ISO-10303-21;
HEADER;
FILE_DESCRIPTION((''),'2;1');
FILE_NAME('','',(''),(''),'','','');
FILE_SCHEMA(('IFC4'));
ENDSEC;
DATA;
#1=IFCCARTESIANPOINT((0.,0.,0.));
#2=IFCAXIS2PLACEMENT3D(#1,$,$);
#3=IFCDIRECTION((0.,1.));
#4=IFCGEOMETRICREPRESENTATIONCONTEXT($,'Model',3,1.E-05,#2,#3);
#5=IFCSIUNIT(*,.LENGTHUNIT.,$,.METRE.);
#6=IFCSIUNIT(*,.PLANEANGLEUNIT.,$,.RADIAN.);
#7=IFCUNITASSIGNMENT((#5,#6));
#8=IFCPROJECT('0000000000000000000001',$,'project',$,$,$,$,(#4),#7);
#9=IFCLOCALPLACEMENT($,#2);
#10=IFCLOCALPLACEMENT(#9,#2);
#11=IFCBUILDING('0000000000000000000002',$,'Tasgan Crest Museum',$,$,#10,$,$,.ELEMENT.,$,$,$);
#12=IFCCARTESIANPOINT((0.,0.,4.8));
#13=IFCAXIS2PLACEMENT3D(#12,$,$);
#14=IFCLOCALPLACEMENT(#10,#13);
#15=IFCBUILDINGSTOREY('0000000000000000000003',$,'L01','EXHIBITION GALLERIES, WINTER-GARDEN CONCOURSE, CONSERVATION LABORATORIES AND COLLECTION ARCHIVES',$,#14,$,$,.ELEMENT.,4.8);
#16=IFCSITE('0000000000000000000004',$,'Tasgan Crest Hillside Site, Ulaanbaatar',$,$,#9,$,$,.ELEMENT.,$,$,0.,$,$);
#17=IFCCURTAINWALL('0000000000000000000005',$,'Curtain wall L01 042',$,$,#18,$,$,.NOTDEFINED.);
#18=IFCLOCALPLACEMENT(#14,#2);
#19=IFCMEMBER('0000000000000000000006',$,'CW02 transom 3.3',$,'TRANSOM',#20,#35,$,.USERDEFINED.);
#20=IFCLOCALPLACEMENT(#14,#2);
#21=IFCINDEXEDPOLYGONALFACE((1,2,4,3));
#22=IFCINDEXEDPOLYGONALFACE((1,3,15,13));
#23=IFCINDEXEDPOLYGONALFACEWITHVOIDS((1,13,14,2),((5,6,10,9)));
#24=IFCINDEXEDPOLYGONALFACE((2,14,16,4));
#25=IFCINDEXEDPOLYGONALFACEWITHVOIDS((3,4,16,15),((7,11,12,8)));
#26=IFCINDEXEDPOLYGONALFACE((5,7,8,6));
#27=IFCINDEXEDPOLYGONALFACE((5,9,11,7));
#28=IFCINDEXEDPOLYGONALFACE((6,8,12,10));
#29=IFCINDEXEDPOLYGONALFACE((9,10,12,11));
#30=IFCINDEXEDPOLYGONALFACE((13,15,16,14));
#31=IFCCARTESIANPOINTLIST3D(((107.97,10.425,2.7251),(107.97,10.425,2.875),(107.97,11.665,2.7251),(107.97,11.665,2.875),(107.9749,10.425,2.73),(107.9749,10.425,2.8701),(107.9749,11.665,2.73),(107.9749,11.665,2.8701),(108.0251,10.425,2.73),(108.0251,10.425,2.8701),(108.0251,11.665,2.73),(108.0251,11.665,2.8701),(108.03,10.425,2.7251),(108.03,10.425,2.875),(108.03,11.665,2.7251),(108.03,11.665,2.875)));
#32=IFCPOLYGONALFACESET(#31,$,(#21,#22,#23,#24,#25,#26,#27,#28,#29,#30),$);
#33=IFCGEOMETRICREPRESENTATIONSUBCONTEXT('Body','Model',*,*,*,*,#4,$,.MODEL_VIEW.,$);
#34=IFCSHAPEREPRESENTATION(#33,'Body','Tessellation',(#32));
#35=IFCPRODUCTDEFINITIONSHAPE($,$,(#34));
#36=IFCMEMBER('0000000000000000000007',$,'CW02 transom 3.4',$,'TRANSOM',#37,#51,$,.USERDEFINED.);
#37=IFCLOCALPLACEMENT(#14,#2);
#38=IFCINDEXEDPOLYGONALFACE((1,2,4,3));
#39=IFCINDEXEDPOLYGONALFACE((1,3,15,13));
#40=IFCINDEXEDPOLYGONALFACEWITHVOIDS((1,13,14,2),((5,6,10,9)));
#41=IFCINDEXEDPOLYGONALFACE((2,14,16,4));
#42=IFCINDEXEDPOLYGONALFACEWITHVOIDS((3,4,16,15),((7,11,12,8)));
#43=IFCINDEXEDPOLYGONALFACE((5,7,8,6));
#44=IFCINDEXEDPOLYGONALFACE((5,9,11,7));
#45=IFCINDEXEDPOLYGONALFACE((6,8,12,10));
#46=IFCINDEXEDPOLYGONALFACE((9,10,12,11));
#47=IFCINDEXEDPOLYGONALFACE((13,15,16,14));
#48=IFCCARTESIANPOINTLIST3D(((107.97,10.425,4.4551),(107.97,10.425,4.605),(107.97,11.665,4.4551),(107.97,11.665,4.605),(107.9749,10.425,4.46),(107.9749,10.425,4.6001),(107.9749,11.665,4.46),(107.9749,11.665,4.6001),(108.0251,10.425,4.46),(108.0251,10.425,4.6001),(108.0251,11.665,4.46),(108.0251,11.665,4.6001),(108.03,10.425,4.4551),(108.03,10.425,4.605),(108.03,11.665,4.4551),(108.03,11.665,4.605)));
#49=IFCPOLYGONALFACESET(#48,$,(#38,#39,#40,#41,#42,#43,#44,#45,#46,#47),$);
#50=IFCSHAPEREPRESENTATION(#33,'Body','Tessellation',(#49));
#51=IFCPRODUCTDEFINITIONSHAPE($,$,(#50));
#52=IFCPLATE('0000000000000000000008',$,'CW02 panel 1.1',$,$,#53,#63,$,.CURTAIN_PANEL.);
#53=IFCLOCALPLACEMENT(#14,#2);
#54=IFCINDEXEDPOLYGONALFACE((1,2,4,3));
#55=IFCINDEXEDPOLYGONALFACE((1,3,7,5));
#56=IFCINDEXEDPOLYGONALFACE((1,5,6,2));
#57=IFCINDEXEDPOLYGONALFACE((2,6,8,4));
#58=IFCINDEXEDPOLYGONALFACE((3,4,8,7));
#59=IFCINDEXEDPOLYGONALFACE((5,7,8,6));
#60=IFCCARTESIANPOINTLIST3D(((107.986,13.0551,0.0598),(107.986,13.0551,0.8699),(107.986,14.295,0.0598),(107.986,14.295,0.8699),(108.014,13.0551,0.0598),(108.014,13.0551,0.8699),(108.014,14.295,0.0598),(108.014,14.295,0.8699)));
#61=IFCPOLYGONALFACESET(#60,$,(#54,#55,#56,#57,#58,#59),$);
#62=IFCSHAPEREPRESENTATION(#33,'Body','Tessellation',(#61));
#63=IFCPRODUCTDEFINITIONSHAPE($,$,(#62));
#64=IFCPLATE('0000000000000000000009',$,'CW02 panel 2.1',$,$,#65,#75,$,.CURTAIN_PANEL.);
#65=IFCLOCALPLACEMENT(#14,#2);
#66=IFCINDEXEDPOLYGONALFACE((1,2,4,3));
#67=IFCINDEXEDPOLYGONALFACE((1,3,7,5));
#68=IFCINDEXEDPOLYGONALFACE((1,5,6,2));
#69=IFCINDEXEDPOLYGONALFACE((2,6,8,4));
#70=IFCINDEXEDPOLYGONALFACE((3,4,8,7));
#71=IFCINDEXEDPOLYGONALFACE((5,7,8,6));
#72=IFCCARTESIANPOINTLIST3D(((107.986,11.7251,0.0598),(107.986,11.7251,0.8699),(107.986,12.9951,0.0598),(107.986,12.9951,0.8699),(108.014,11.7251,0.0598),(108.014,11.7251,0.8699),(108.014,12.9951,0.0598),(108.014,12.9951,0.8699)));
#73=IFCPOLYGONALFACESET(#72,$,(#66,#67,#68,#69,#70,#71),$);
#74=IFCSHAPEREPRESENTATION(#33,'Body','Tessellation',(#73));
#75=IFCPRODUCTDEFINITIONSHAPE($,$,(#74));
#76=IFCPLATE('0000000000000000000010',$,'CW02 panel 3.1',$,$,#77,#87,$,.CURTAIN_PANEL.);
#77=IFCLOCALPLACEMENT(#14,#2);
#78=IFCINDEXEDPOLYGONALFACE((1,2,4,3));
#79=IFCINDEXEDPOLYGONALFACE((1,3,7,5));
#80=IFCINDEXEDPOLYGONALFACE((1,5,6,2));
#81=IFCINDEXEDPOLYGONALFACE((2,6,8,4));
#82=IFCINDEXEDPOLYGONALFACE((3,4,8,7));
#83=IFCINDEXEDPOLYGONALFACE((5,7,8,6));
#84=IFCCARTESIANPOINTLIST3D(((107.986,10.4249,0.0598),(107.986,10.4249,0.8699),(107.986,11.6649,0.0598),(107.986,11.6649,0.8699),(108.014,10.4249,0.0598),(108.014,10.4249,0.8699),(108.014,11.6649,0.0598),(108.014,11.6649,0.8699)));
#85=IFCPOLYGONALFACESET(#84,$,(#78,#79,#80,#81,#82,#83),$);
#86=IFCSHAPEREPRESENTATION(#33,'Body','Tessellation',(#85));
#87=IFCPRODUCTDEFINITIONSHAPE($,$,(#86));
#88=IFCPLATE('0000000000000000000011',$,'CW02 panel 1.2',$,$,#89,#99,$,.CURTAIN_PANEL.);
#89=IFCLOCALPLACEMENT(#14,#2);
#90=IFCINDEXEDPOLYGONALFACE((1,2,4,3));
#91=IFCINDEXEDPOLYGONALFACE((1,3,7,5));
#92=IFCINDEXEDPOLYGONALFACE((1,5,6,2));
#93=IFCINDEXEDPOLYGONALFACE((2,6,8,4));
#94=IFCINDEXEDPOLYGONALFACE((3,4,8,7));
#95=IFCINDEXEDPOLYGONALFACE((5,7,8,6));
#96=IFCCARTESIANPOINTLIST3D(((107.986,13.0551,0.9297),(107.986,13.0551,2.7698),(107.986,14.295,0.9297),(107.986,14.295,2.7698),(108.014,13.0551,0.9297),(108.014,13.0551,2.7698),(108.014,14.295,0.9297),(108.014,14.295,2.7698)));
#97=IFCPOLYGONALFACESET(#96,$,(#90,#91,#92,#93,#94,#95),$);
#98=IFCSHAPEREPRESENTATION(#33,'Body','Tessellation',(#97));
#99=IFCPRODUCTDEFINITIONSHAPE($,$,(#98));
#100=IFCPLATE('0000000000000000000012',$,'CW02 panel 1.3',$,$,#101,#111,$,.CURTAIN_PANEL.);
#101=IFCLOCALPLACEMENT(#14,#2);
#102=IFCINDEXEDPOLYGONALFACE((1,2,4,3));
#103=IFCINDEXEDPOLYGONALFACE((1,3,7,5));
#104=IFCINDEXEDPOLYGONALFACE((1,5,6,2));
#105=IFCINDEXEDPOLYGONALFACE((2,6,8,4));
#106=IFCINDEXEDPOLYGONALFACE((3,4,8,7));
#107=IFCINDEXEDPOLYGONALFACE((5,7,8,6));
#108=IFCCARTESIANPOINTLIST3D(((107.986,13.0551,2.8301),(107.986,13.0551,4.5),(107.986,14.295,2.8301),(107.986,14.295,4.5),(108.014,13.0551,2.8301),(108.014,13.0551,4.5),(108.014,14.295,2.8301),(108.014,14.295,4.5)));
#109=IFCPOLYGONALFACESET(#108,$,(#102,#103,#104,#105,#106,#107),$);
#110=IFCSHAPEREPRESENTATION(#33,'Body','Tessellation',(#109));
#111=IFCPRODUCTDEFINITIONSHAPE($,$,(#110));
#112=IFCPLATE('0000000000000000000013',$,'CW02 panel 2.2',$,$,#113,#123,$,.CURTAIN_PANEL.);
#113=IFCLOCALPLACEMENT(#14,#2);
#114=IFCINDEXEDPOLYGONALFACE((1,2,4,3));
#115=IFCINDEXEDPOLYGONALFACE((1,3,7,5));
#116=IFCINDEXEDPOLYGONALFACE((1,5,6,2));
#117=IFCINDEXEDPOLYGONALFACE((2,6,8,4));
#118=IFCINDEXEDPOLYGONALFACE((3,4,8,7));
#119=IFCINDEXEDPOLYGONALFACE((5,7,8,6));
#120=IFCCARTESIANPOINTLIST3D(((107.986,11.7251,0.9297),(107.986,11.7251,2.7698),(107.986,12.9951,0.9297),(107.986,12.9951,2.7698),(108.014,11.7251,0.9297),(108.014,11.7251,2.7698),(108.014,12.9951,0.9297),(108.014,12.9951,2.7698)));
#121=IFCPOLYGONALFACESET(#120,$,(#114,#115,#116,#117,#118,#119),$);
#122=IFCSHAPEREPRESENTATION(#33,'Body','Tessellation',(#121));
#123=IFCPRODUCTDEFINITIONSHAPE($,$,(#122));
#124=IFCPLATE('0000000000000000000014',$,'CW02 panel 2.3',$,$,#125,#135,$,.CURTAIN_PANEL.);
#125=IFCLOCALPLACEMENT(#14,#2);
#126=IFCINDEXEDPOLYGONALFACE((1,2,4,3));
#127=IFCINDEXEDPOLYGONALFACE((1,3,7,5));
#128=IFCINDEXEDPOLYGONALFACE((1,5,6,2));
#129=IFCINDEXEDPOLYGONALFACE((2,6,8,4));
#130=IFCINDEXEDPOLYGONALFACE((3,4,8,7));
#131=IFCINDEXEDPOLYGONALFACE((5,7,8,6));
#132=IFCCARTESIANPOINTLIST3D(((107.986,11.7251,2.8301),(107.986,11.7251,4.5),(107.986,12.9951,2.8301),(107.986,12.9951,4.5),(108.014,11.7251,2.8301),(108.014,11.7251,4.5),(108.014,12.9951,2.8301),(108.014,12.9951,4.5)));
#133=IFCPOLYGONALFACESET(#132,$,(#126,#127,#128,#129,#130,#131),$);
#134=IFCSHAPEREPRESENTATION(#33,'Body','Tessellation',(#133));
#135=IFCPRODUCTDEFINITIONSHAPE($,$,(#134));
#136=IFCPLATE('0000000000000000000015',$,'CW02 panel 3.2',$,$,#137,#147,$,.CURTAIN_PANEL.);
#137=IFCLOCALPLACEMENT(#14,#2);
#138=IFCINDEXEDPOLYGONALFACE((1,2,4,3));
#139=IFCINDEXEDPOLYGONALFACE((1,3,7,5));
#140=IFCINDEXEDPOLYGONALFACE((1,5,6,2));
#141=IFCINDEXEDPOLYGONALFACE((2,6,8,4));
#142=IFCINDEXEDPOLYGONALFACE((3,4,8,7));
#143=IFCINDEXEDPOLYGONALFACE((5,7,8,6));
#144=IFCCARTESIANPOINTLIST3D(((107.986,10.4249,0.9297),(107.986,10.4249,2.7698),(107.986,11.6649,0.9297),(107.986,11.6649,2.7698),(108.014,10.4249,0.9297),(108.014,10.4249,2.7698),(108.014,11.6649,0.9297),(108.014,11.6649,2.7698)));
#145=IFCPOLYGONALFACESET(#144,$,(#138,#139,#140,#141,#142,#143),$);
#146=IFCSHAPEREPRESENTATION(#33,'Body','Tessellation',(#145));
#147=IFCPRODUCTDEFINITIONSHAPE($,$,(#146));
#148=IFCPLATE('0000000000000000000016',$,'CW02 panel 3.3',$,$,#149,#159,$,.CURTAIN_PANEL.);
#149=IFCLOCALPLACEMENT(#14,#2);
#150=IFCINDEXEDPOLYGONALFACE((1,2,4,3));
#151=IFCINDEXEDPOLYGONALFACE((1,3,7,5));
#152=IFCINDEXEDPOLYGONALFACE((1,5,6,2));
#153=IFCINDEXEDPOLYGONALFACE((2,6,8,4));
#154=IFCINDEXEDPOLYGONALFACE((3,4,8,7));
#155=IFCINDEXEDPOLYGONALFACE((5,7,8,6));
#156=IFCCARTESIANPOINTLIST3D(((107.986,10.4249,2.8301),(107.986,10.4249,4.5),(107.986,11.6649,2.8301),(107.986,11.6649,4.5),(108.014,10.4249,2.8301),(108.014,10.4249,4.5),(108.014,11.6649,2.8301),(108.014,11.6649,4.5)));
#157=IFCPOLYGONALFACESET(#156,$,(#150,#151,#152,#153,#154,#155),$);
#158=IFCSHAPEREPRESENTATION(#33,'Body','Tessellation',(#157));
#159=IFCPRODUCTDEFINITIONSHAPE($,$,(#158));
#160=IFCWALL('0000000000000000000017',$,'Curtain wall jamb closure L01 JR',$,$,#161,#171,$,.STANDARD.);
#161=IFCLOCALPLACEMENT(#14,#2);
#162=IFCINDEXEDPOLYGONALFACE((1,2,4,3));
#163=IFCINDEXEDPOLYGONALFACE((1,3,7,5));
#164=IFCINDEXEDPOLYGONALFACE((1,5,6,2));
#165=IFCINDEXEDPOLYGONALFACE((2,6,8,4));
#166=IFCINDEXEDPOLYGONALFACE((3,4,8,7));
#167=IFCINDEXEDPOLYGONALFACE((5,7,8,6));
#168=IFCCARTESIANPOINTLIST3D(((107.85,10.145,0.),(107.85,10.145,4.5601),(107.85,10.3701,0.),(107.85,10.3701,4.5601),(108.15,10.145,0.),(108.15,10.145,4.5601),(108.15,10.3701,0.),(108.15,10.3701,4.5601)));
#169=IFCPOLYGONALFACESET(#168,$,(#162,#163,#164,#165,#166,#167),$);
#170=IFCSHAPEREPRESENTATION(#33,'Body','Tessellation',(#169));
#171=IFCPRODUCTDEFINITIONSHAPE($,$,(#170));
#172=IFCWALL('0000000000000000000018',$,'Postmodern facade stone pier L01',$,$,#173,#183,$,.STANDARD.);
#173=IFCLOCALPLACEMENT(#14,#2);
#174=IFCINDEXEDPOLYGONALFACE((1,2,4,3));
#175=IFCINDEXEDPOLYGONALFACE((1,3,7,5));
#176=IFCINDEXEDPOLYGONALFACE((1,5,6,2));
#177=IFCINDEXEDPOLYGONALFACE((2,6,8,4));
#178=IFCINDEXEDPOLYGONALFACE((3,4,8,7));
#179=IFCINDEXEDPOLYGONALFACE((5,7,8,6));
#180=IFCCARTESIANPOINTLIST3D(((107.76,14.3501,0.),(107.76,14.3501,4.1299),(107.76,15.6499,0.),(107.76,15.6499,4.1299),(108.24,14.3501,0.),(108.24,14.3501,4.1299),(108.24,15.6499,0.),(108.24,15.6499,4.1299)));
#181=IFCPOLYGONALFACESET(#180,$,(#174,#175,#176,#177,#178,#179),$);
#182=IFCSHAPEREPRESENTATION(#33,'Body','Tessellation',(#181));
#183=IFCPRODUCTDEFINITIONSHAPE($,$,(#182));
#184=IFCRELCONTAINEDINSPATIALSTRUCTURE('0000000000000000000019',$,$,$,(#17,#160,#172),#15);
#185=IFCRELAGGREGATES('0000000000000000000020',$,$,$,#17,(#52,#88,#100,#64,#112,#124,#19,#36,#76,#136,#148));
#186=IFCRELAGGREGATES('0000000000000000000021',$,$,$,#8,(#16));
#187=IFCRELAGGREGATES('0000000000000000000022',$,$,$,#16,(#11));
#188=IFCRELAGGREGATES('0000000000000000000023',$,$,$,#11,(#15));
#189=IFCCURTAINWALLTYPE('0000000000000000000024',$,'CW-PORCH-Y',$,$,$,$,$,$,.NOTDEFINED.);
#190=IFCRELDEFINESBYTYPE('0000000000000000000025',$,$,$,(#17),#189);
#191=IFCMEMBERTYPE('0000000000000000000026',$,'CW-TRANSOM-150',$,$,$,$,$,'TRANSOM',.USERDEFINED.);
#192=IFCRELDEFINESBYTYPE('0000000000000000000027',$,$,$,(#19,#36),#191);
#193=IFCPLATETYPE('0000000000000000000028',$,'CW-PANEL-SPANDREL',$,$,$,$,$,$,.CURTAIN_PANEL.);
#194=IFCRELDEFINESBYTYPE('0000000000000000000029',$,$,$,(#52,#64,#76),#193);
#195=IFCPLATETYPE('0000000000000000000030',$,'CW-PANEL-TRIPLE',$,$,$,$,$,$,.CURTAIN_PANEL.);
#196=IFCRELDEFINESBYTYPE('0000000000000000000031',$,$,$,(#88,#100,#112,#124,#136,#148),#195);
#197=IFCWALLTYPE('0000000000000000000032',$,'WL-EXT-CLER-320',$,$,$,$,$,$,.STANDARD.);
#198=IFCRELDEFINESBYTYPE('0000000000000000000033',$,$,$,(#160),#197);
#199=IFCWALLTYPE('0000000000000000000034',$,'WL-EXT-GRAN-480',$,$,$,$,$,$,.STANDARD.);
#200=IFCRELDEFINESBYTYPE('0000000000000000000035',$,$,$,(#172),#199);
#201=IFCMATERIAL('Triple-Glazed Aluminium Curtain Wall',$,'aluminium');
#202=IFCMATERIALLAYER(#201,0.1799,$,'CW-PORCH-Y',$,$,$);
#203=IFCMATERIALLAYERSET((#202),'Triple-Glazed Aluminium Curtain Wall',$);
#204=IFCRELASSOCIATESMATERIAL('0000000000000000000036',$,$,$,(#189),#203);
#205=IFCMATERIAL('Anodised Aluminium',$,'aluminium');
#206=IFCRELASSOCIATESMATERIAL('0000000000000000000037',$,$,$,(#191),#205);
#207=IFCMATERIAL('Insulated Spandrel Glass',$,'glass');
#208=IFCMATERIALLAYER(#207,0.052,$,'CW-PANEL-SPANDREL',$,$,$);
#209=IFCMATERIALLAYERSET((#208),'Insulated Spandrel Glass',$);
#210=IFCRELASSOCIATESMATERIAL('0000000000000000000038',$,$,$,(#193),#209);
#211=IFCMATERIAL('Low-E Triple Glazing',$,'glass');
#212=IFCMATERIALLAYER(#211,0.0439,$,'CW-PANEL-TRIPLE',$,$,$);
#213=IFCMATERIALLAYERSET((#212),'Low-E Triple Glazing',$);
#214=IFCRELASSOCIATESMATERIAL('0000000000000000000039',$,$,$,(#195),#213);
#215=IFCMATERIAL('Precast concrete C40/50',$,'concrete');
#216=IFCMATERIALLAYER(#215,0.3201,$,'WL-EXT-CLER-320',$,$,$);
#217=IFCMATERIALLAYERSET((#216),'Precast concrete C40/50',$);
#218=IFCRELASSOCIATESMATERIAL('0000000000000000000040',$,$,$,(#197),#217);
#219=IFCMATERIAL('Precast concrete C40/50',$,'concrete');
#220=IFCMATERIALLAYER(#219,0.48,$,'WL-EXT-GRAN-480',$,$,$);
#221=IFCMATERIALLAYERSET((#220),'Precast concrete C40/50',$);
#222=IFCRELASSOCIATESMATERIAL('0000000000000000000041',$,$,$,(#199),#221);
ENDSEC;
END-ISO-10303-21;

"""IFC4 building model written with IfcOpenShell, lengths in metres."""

from ifc_helpers import new_model, si_unit, direction, frame, frame_2d, origin, origin_2d, place, context, subcontext, project, spatial, rectangle, hollow_rectangle, extrude, material, layer, layer_set, material_profile, profile_set, type_object, element, aggregate, save


model = new_model("IFC4")

# Units and contexts
model_context = context("Model", 3, precision=1e-05, world=origin(), true_north=direction((0.0, 1.0)))
body_context = subcontext(model_context, "Body", "Model", "MODEL_VIEW")
ifc_project = project(units=[si_unit("LENGTHUNIT", "METRE"), si_unit("PLANEANGLEUNIT", "RADIAN")], contexts=[model_context])

# Site, building, storey
site_placement = place(None, origin())
site = spatial("IfcSite", under=ifc_project, at=site_placement, Name="Tasgan Crest Hillside Site, Ulaanbaatar", CompositionType="ELEMENT", RefElevation=0.0)
building_placement = place(site_placement, origin())
building = spatial("IfcBuilding", under=site, at=building_placement, Name="Tasgan Crest Museum", CompositionType="ELEMENT")
storey_placement = place(building_placement, frame((0.0, 0.0, 4.8)))
storey = spatial("IfcBuildingStorey", under=building, at=storey_placement, Name="L01", Description="EXHIBITION GALLERIES, WINTER-GARDEN CONCOURSE, CONSERVATION LABORATORIES AND COLLECTION ARCHIVES", CompositionType="ELEMENT", Elevation=4.8)

# Shared definitions
ifc_material_1 = material(Name="Triple-Glazed Aluminium Curtain Wall", Category="aluminium")
ifc_layer_1 = layer(ifc_material_1, 0.1799, Name="CW-PORCH-Y")
ifc_layer_set_1 = layer_set([ifc_layer_1], Name="Triple-Glazed Aluminium Curtain Wall")
curtain_wall_type = type_object("IfcCurtainWallType", Name="CW-PORCH-Y", PredefinedType="NOTDEFINED", material=ifc_layer_set_1)

# Curtain wall, members, plates
curtain_wall_1_placement = place(storey_placement, origin())
curtain_wall_1 = element("IfcCurtainWall", 1, at=curtain_wall_1_placement, inside=storey, type_object=curtain_wall_type, Name="Curtain wall L01 042", PredefinedType="NOTDEFINED")
ifc_material_2 = material(Name="Anodised Aluminium", Category="aluminium")
ifc_material_profile_1 = material_profile(ifc_material_2, hollow_rectangle(XDim=0.0601, YDim=0.1499, WallThickness=0.0049, at=origin_2d()), Name="ALU TRANSOM 150x60x5")
ifc_profile_set_1 = profile_set([ifc_material_profile_1], Name="Anodised Aluminium")
member_type_1 = type_object("IfcMemberType", Name="CW-TRANSOM-150", ElementType="TRANSOM", PredefinedType="USERDEFINED", material=ifc_profile_set_1)
member_1_placement = place(storey_placement, frame((108.0, 11.665, 2.8), z_axis=(0.0, -1.0, 0.0), x_axis=(1.0, 0.0, 0.0)))
member_1 = element("IfcMember", 2, at=member_1_placement, type_object=member_type_1, Name="CW02 transom 3.3", ObjectType="TRANSOM", PredefinedType="USERDEFINED", context=body_context, shape_type="SweptSolid", body=[
    extrude(hollow_rectangle(XDim=0.0601, YDim=0.1499, WallThickness=0.0049, at=origin_2d()), origin(), (0.0, 0.0, 1.0), 1.24),
])
member_2_placement = place(storey_placement, frame((108.0, 11.665, 4.53), z_axis=(0.0, -1.0, 0.0), x_axis=(1.0, 0.0, 0.0)))
member_2 = element("IfcMember", 3, at=member_2_placement, type_object=member_type_1, Name="CW02 transom 3.4", ObjectType="TRANSOM", PredefinedType="USERDEFINED", context=body_context, shape_type="SweptSolid", body=[
    extrude(hollow_rectangle(XDim=0.0601, YDim=0.1499, WallThickness=0.0049, at=origin_2d()), origin(), (0.0, 0.0, 1.0), 1.24),
])
ifc_material_3 = material(Name="Insulated Spandrel Glass", Category="glass")
ifc_layer_2 = layer(ifc_material_3, 0.052, Name="CW-PANEL-SPANDREL")
ifc_layer_set_2 = layer_set([ifc_layer_2], Name="Insulated Spandrel Glass")
plate_type_1 = type_object("IfcPlateType", Name="CW-PANEL-SPANDREL", PredefinedType="CURTAIN_PANEL", material=ifc_layer_set_2)
plate_1_placement = place(storey_placement, frame((108.0, 13.675, 0.0598), z_axis=(0.0, 0.0, 1.0), x_axis=(0.0, -1.0, 0.0)))
plate_1 = element("IfcPlate", 4, at=plate_1_placement, type_object=plate_type_1, Name="CW02 panel 1.1", PredefinedType="CURTAIN_PANEL", context=body_context, shape_type="SweptSolid", body=[
    extrude(rectangle(XDim=1.24, YDim=0.0281, at=origin_2d()), origin(), (0.0, 0.0, 1.0), 0.8101),
])
plate_2_placement = place(storey_placement, frame((108.0, 12.3601, 0.0598), z_axis=(0.0, 0.0, 1.0), x_axis=(0.0, -1.0, 0.0)))
plate_2 = element("IfcPlate", 5, at=plate_2_placement, type_object=plate_type_1, Name="CW02 panel 2.1", PredefinedType="CURTAIN_PANEL", context=body_context, shape_type="SweptSolid", body=[
    extrude(rectangle(XDim=1.27, YDim=0.0281, at=origin_2d()), origin(), (0.0, 0.0, 1.0), 0.8101),
])
plate_3_placement = place(storey_placement, frame((108.0, 11.0449, 0.0598), z_axis=(0.0, 0.0, 1.0), x_axis=(0.0, -1.0, 0.0)))
plate_3 = element("IfcPlate", 6, at=plate_3_placement, type_object=plate_type_1, Name="CW02 panel 3.1", PredefinedType="CURTAIN_PANEL", context=body_context, shape_type="SweptSolid", body=[
    extrude(rectangle(XDim=1.24, YDim=0.0281, at=origin_2d()), origin(), (0.0, 0.0, 1.0), 0.8101),
])
ifc_material_4 = material(Name="Low-E Triple Glazing", Category="glass")
ifc_layer_3 = layer(ifc_material_4, 0.0439, Name="CW-PANEL-TRIPLE")
ifc_layer_set_3 = layer_set([ifc_layer_3], Name="Low-E Triple Glazing")
plate_type_2 = type_object("IfcPlateType", Name="CW-PANEL-TRIPLE", PredefinedType="CURTAIN_PANEL", material=ifc_layer_set_3)
plate_4_placement = place(storey_placement, frame((108.0, 13.675, 0.9297), z_axis=(0.0, 0.0, 1.0), x_axis=(0.0, -1.0, 0.0)))
plate_4 = element("IfcPlate", 7, at=plate_4_placement, type_object=plate_type_2, Name="CW02 panel 1.2", PredefinedType="CURTAIN_PANEL", context=body_context, shape_type="SweptSolid", body=[
    extrude(rectangle(XDim=1.24, YDim=0.0281, at=origin_2d()), origin(), (0.0, 0.0, 1.0), 1.8401),
])
plate_5_placement = place(storey_placement, frame((108.0, 13.675, 2.8301), z_axis=(0.0, 0.0, 1.0), x_axis=(0.0, -1.0, 0.0)))
plate_5 = element("IfcPlate", 8, at=plate_5_placement, type_object=plate_type_2, Name="CW02 panel 1.3", PredefinedType="CURTAIN_PANEL", context=body_context, shape_type="SweptSolid", body=[
    extrude(rectangle(XDim=1.24, YDim=0.0281, at=origin_2d()), origin(), (0.0, 0.0, 1.0), 1.6699),
])
plate_6_placement = place(storey_placement, frame((108.0, 12.3601, 0.9297), z_axis=(0.0, 0.0, 1.0), x_axis=(0.0, -1.0, 0.0)))
plate_6 = element("IfcPlate", 9, at=plate_6_placement, type_object=plate_type_2, Name="CW02 panel 2.2", PredefinedType="CURTAIN_PANEL", context=body_context, shape_type="SweptSolid", body=[
    extrude(rectangle(XDim=1.27, YDim=0.0281, at=origin_2d()), origin(), (0.0, 0.0, 1.0), 1.8401),
])
plate_7_placement = place(storey_placement, frame((108.0, 12.3601, 2.8301), z_axis=(0.0, 0.0, 1.0), x_axis=(0.0, -1.0, 0.0)))
plate_7 = element("IfcPlate", 10, at=plate_7_placement, type_object=plate_type_2, Name="CW02 panel 2.3", PredefinedType="CURTAIN_PANEL", context=body_context, shape_type="SweptSolid", body=[
    extrude(rectangle(XDim=1.27, YDim=0.0281, at=origin_2d()), origin(), (0.0, 0.0, 1.0), 1.6699),
])
plate_8_placement = place(storey_placement, frame((108.0, 11.0449, 0.9297), z_axis=(0.0, 0.0, 1.0), x_axis=(0.0, -1.0, 0.0)))
plate_8 = element("IfcPlate", 11, at=plate_8_placement, type_object=plate_type_2, Name="CW02 panel 3.2", PredefinedType="CURTAIN_PANEL", context=body_context, shape_type="SweptSolid", body=[
    extrude(rectangle(XDim=1.24, YDim=0.0281, at=origin_2d()), origin(), (0.0, 0.0, 1.0), 1.8401),
])
plate_9_placement = place(storey_placement, frame((108.0, 11.0449, 2.8301), z_axis=(0.0, 0.0, 1.0), x_axis=(0.0, -1.0, 0.0)))
plate_9 = element("IfcPlate", 12, at=plate_9_placement, type_object=plate_type_2, Name="CW02 panel 3.3", PredefinedType="CURTAIN_PANEL", context=body_context, shape_type="SweptSolid", body=[
    extrude(rectangle(XDim=1.24, YDim=0.0281, at=origin_2d()), origin(), (0.0, 0.0, 1.0), 1.6699),
])
aggregate(curtain_wall_1, [plate_1, plate_4, plate_5, plate_2, plate_6, plate_7, member_1, member_2, plate_3, plate_8, plate_9])

# Walls
ifc_material_5 = material(Name="Precast concrete C40/50", Category="concrete")
ifc_layer_4 = layer(ifc_material_5, 0.3201, Name="WL-EXT-CLER-320")
ifc_layer_set_4 = layer_set([ifc_layer_4], Name="Precast concrete C40/50")
wall_type_1 = type_object("IfcWallType", Name="WL-EXT-CLER-320", PredefinedType="STANDARD", material=ifc_layer_set_4)
wall_1_placement = place(storey_placement, frame((108.0, 10.3701, 0.0), z_axis=(0.0, 0.0, 1.0), x_axis=(0.0, -1.0, 0.0)))
element("IfcWall", 13, at=wall_1_placement, inside=storey, type_object=wall_type_1, Name="Curtain wall jamb closure L01 JR", PredefinedType="STANDARD", context=body_context, shape_type="SweptSolid", body=[
    extrude(rectangle(XDim=0.2251, YDim=0.3, at=frame_2d((0.1125, 0.0))), origin(), (0.0, 0.0, 1.0), 4.5601),
])
ifc_material_6 = material(Name="Precast concrete C40/50", Category="concrete")
ifc_layer_5 = layer(ifc_material_6, 0.48, Name="WL-EXT-GRAN-480")
ifc_layer_set_5 = layer_set([ifc_layer_5], Name="Precast concrete C40/50")
wall_type_2 = type_object("IfcWallType", Name="WL-EXT-GRAN-480", PredefinedType="STANDARD", material=ifc_layer_set_5)
wall_2_placement = place(storey_placement, frame((108.0, 15.6499, 0.0), z_axis=(0.0, 0.0, 1.0), x_axis=(0.0, -1.0, 0.0)))
element("IfcWall", 14, at=wall_2_placement, inside=storey, type_object=wall_type_2, Name="Postmodern facade stone pier L01", PredefinedType="STANDARD", context=body_context, shape_type="SweptSolid", body=[
    extrude(rectangle(XDim=1.2998, YDim=0.48, at=frame_2d((0.6499, 0.0))), origin(), (0.0, 0.0, 1.0), 4.1299),
])

save(model, "model.ifc")
